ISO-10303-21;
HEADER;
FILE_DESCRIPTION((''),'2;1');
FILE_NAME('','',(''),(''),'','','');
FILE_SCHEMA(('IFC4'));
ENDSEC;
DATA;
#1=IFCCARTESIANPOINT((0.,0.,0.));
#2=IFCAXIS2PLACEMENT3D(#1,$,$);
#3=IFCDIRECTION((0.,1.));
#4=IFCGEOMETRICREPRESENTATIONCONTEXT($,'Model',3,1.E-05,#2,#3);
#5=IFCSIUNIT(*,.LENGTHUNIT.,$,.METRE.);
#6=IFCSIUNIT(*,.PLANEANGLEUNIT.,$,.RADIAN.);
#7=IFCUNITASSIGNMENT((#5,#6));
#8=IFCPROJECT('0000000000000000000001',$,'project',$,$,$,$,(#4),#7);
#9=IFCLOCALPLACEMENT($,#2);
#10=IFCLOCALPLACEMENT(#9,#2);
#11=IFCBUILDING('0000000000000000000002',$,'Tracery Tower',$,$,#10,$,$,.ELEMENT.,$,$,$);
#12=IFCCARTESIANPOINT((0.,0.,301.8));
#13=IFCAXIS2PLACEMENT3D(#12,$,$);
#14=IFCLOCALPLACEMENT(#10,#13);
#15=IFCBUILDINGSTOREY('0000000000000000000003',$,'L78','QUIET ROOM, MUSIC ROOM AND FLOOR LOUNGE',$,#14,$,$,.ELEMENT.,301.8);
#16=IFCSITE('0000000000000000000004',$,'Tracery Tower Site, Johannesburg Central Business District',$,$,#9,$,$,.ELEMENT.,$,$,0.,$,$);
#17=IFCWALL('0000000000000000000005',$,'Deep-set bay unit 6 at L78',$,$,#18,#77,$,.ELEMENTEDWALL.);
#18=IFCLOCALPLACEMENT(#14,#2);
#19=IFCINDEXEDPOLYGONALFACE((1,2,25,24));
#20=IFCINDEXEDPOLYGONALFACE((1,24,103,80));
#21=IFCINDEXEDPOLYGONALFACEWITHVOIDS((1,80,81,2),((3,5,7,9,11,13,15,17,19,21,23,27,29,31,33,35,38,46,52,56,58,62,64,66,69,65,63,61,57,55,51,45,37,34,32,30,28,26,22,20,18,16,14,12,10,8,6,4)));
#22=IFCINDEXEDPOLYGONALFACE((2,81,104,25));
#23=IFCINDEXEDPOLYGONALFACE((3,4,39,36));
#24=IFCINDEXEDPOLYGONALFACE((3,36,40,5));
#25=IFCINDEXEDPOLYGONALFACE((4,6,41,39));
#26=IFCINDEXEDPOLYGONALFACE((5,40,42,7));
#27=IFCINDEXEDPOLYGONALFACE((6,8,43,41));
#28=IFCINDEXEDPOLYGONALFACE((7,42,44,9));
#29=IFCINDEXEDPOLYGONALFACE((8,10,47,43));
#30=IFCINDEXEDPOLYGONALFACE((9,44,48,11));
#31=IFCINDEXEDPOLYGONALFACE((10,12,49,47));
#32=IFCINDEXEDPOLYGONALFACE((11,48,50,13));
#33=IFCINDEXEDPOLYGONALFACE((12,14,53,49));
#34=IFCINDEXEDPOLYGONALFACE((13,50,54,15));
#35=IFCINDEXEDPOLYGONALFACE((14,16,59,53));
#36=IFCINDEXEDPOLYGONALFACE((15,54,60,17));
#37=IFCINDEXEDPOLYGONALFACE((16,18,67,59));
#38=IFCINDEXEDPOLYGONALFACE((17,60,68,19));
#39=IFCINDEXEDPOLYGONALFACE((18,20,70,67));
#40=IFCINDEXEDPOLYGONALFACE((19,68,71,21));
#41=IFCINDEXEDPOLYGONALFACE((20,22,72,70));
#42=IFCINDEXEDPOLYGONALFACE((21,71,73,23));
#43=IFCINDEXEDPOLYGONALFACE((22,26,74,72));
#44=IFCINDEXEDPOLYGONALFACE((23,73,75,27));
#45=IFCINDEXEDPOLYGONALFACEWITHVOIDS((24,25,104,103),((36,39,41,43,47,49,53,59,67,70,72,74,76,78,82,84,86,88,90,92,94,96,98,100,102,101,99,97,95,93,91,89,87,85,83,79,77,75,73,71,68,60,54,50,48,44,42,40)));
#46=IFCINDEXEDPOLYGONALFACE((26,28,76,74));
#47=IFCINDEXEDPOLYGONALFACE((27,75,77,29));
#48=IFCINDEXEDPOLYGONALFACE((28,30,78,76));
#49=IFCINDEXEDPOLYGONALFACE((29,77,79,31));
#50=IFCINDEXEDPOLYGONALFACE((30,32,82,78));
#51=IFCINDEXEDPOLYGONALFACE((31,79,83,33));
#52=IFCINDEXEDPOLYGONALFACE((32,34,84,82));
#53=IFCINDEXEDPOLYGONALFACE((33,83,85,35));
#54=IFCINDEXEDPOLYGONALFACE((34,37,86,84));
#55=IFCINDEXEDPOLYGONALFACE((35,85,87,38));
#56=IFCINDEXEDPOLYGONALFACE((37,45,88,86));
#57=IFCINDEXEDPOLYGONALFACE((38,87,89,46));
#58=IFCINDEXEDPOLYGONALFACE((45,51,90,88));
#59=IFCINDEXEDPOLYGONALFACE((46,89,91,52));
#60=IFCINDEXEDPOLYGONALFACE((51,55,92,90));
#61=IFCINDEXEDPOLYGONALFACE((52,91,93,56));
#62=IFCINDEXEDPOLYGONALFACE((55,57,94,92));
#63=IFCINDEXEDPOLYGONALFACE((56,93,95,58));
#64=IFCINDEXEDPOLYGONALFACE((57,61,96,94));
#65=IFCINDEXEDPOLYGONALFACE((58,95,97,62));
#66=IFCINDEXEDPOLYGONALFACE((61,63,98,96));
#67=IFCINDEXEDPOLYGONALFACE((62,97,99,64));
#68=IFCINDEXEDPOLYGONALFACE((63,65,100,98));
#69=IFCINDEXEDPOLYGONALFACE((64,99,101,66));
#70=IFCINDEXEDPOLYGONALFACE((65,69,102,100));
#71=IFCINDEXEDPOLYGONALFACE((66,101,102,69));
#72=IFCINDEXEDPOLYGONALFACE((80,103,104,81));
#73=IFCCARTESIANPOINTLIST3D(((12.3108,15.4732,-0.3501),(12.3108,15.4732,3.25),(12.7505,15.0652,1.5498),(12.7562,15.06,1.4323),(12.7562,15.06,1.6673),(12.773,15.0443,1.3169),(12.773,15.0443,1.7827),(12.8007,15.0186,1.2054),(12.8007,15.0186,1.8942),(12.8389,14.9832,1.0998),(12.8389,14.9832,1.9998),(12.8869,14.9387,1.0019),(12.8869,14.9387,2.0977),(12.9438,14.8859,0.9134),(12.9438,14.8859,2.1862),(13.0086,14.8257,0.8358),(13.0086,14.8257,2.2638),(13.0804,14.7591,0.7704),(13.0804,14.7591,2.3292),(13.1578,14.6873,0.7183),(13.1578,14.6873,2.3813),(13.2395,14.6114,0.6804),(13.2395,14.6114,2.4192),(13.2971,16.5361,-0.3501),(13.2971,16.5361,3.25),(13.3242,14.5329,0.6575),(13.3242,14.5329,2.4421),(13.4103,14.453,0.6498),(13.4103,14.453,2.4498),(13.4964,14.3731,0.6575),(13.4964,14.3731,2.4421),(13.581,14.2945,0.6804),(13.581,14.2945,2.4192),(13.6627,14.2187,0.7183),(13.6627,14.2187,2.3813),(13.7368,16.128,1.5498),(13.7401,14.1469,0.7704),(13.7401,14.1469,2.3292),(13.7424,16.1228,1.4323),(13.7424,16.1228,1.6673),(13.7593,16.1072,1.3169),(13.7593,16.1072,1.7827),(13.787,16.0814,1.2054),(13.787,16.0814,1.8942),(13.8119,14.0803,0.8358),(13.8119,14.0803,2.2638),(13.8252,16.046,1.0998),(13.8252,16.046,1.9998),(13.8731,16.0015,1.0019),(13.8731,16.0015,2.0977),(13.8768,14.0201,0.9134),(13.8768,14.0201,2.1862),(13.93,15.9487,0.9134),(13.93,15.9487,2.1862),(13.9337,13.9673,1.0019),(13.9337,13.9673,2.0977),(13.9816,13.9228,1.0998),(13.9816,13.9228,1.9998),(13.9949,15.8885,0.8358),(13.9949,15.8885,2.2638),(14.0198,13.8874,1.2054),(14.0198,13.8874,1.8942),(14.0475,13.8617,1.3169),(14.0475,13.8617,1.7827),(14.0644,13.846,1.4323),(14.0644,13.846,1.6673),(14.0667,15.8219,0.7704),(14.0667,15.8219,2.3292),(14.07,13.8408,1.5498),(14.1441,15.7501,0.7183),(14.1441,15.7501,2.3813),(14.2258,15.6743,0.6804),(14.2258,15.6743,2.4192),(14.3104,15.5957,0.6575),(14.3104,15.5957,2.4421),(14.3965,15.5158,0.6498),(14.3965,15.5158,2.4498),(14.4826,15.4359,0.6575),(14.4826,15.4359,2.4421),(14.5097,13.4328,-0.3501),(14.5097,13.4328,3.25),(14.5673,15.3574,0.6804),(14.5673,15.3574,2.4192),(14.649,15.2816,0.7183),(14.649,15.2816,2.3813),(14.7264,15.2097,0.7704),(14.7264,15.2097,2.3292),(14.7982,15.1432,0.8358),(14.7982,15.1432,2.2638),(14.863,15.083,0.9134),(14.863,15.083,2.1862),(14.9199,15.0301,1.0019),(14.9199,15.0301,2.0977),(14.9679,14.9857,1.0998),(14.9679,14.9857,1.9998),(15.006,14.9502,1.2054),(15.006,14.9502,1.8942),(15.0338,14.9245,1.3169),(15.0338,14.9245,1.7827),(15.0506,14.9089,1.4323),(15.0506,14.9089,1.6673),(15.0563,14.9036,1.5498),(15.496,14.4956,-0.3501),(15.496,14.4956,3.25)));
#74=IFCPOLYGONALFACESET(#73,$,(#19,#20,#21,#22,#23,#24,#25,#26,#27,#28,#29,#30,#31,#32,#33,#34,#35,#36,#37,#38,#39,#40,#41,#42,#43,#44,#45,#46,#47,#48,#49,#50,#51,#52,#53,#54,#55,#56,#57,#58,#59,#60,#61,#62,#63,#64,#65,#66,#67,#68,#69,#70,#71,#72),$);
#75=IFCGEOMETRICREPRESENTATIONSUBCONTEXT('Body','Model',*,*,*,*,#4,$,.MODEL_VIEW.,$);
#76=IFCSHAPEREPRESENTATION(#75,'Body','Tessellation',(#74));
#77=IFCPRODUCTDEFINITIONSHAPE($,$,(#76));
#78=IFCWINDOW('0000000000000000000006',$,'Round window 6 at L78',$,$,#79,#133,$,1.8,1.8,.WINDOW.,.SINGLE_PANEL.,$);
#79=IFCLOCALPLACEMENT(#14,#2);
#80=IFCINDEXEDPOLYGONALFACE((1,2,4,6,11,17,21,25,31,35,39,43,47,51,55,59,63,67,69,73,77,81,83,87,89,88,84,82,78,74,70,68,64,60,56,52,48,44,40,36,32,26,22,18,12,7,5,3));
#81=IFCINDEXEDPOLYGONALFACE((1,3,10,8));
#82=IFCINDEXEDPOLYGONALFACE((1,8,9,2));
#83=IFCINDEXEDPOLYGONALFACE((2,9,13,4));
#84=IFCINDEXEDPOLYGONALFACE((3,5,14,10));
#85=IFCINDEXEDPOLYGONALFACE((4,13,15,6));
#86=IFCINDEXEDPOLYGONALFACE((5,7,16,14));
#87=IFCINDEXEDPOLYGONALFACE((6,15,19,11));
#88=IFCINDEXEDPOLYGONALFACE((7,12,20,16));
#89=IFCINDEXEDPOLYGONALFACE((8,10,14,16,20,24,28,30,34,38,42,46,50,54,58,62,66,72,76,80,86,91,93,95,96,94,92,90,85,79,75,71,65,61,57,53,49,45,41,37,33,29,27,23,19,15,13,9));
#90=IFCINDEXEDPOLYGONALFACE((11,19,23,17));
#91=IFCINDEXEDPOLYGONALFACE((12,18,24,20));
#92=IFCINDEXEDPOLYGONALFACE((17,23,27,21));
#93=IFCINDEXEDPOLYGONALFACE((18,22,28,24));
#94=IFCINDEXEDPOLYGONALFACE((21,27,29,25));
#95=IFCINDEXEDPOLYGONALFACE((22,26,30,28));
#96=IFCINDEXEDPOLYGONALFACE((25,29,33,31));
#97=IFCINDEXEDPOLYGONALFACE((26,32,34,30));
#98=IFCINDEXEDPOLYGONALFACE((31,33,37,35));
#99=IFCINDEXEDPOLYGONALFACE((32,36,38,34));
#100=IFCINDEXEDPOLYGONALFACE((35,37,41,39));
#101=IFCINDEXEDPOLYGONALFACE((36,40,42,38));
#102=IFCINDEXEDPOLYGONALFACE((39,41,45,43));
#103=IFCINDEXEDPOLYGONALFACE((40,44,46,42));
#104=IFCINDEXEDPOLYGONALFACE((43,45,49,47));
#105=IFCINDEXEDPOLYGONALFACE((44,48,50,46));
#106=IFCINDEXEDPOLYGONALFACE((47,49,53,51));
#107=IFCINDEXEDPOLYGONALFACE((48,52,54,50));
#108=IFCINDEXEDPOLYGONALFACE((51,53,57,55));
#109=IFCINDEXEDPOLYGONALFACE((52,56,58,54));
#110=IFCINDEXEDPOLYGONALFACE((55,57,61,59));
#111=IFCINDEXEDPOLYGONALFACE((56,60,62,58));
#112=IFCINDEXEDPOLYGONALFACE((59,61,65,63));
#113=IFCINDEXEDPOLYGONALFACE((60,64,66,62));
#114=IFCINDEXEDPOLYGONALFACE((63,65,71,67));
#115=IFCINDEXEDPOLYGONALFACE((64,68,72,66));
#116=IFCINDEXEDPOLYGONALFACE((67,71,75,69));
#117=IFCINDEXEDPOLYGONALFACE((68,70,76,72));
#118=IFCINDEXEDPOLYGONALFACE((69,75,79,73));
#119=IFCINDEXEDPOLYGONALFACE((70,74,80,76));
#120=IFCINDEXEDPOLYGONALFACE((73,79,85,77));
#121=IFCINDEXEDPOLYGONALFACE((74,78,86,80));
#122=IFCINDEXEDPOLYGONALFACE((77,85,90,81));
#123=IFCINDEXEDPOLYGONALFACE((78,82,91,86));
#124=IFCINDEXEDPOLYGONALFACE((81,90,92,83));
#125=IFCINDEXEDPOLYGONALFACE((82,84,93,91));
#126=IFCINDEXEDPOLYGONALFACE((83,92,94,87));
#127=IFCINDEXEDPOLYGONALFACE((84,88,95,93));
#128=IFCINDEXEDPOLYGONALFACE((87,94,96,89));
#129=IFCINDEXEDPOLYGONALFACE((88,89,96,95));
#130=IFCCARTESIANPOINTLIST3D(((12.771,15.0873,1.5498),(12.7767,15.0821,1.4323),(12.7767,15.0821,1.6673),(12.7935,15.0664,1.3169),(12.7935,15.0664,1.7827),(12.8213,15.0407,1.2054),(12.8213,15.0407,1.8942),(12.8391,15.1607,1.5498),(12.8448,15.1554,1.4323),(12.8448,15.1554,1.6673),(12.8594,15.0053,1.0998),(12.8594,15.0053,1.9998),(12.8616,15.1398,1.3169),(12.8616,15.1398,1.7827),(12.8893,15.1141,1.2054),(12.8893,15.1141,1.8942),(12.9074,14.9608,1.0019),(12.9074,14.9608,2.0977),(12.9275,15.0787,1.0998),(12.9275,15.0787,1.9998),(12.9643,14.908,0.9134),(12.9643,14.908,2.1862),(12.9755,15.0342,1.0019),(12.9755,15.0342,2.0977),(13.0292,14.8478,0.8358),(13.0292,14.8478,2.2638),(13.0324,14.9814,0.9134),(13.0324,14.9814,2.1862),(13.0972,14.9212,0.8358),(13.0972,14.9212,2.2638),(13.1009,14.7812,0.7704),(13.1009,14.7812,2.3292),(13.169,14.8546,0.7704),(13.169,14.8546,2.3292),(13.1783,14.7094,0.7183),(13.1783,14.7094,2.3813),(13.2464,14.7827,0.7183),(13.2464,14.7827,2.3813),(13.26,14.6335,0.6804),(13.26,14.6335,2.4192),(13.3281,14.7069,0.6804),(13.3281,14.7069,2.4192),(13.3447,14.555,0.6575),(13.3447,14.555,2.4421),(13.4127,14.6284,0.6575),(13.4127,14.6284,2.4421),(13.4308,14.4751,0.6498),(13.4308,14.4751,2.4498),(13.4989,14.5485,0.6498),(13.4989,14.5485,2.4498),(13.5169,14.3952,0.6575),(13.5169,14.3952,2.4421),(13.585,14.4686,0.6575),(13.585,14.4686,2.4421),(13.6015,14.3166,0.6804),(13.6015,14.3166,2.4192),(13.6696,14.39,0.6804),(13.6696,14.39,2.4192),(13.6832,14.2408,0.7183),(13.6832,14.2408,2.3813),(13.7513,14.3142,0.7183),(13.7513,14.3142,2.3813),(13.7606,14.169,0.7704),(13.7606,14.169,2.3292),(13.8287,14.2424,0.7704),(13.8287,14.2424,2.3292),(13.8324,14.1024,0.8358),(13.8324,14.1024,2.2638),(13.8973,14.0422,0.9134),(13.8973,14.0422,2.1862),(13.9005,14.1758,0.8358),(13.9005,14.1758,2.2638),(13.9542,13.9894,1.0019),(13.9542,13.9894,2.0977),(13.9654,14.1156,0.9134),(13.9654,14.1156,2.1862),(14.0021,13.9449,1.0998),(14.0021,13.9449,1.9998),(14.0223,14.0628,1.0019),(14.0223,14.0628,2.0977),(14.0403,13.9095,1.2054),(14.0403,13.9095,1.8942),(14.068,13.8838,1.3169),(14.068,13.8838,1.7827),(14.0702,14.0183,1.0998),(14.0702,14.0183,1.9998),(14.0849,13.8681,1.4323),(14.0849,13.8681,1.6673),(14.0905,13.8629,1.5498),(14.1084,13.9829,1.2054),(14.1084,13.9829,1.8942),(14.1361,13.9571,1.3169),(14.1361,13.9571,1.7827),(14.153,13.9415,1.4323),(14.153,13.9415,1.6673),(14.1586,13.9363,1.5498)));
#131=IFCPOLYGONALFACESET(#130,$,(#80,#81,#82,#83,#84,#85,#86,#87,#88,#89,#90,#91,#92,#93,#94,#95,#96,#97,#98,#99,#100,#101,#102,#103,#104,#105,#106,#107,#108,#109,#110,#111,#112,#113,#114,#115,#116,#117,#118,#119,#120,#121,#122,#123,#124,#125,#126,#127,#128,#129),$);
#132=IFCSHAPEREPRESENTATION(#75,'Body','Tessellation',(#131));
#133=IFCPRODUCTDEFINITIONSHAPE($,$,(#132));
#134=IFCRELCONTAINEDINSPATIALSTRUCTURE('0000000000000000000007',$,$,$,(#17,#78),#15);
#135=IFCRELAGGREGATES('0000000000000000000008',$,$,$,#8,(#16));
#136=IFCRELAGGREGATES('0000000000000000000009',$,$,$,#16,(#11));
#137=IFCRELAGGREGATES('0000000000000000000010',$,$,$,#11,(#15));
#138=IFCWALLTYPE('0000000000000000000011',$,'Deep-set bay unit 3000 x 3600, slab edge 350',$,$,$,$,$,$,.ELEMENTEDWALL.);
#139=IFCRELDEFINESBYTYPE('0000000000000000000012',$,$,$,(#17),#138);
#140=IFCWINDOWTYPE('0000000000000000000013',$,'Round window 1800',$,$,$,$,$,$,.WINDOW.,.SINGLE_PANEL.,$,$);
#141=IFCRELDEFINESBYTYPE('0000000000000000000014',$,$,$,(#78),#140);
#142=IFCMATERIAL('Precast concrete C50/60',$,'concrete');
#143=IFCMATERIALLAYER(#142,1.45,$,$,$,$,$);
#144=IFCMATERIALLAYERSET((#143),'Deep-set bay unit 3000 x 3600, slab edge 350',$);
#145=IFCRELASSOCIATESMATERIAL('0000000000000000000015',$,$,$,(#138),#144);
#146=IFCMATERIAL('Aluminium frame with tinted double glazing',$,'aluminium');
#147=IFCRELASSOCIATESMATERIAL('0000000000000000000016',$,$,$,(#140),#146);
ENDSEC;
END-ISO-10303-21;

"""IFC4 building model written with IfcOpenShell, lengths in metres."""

from ifc_helpers import new_model, si_unit, direction, frame, frame_2d, origin, origin_2d, place, context, subcontext, project, spatial, rectangle, circle, extrude, material, layer, layer_set, type_object, element, fill, save


model = new_model("IFC4")

# Units and contexts
model_context = context("Model", 3, precision=1e-05, world=origin(), true_north=direction((0.0, 1.0)))
body_context = subcontext(model_context, "Body", "Model", "MODEL_VIEW")
ifc_project = project(units=[si_unit("LENGTHUNIT", "METRE"), si_unit("PLANEANGLEUNIT", "RADIAN")], contexts=[model_context])

# Site, building, storey
site_placement = place(None, origin())
site = spatial("IfcSite", under=ifc_project, at=site_placement, Name="Tracery Tower Site, Johannesburg Central Business District", CompositionType="ELEMENT", RefElevation=0.0)
building_placement = place(site_placement, origin())
building = spatial("IfcBuilding", under=site, at=building_placement, Name="Tracery Tower", CompositionType="ELEMENT")
storey_placement = place(building_placement, frame((0.0, 0.0, 301.8)))
storey = spatial("IfcBuildingStorey", under=building, at=storey_placement, Name="L78", Description="QUIET ROOM, MUSIC ROOM AND FLOOR LOUNGE", CompositionType="ELEMENT", Elevation=301.8)

# Wall, opening, window
ifc_material_1 = material(Name="Precast concrete C50/60", Category="concrete")
ifc_layer_1 = layer(ifc_material_1, 1.45)
ifc_layer_set_1 = layer_set([ifc_layer_1], Name="Deep-set bay unit 3000 x 3600, slab edge 350")
wall_type_1 = type_object("IfcWallType", Name="Deep-set bay unit 3000 x 3600, slab edge 350", PredefinedType="ELEMENTEDWALL", material=ifc_layer_set_1)
wall_1_placement = place(storey_placement, frame((15.0029, 13.9641, -0.3501), z_axis=(0.0, 0.0, 1.0), x_axis=(-0.733022, 0.680204, 0.0)))
wall_1 = element("IfcWall", 1, at=wall_1_placement, inside=storey, type_object=wall_type_1, Name="Deep-set bay unit 6 at L78", PredefinedType="ELEMENTEDWALL", context=body_context, shape_type="SweptSolid", body=[
    extrude(rectangle(XDim=2.9998, YDim=1.45, at=frame_2d((1.5, 0.0))), origin(), (0.0, 0.0, 1.0), 3.6001),
])
opening_1_placement = place(wall_1_placement, frame((1.5, 0.0, 1.8999)))
opening_1 = element("IfcOpeningElement", 2, at=opening_1_placement, cuts=wall_1, PredefinedType="OPENING", context=body_context, shape_type="SweptSolid", body=[
    extrude(circle(Radius=0.9, at=origin_2d()), frame((0.0, 0.7349, 0.0), z_axis=(0.0, -1.0, 0.0), x_axis=(1.0, 0.0, 0.0)), (0.0, 0.0, 1.0), 1.47),
])
ifc_material_2 = material(Name="Aluminium frame with tinted double glazing", Category="aluminium")
window_type = type_object("IfcWindowType", Name="Round window 1800", PartitioningType="SINGLE_PANEL", PredefinedType="WINDOW", material=ifc_material_2)
window_1_placement = place(opening_1_placement, origin())
window_1 = element("IfcWindow", 3, at=window_1_placement, inside=storey, type_object=window_type, Name="Round window 6 at L78", OverallHeight=1.8, OverallWidth=1.8, PartitioningType="SINGLE_PANEL", PredefinedType="WINDOW", context=body_context, shape_type="SweptSolid", body=[
    extrude(circle(Radius=0.9, at=origin_2d()), frame((0.0, 0.6948, 0.0), z_axis=(0.0, -1.0, 0.0), x_axis=(1.0, 0.0, 0.0)), (0.0, 0.0, 1.0), 0.1001),
])
fill(opening_1, window_1)

save(model, "model.ifc")
